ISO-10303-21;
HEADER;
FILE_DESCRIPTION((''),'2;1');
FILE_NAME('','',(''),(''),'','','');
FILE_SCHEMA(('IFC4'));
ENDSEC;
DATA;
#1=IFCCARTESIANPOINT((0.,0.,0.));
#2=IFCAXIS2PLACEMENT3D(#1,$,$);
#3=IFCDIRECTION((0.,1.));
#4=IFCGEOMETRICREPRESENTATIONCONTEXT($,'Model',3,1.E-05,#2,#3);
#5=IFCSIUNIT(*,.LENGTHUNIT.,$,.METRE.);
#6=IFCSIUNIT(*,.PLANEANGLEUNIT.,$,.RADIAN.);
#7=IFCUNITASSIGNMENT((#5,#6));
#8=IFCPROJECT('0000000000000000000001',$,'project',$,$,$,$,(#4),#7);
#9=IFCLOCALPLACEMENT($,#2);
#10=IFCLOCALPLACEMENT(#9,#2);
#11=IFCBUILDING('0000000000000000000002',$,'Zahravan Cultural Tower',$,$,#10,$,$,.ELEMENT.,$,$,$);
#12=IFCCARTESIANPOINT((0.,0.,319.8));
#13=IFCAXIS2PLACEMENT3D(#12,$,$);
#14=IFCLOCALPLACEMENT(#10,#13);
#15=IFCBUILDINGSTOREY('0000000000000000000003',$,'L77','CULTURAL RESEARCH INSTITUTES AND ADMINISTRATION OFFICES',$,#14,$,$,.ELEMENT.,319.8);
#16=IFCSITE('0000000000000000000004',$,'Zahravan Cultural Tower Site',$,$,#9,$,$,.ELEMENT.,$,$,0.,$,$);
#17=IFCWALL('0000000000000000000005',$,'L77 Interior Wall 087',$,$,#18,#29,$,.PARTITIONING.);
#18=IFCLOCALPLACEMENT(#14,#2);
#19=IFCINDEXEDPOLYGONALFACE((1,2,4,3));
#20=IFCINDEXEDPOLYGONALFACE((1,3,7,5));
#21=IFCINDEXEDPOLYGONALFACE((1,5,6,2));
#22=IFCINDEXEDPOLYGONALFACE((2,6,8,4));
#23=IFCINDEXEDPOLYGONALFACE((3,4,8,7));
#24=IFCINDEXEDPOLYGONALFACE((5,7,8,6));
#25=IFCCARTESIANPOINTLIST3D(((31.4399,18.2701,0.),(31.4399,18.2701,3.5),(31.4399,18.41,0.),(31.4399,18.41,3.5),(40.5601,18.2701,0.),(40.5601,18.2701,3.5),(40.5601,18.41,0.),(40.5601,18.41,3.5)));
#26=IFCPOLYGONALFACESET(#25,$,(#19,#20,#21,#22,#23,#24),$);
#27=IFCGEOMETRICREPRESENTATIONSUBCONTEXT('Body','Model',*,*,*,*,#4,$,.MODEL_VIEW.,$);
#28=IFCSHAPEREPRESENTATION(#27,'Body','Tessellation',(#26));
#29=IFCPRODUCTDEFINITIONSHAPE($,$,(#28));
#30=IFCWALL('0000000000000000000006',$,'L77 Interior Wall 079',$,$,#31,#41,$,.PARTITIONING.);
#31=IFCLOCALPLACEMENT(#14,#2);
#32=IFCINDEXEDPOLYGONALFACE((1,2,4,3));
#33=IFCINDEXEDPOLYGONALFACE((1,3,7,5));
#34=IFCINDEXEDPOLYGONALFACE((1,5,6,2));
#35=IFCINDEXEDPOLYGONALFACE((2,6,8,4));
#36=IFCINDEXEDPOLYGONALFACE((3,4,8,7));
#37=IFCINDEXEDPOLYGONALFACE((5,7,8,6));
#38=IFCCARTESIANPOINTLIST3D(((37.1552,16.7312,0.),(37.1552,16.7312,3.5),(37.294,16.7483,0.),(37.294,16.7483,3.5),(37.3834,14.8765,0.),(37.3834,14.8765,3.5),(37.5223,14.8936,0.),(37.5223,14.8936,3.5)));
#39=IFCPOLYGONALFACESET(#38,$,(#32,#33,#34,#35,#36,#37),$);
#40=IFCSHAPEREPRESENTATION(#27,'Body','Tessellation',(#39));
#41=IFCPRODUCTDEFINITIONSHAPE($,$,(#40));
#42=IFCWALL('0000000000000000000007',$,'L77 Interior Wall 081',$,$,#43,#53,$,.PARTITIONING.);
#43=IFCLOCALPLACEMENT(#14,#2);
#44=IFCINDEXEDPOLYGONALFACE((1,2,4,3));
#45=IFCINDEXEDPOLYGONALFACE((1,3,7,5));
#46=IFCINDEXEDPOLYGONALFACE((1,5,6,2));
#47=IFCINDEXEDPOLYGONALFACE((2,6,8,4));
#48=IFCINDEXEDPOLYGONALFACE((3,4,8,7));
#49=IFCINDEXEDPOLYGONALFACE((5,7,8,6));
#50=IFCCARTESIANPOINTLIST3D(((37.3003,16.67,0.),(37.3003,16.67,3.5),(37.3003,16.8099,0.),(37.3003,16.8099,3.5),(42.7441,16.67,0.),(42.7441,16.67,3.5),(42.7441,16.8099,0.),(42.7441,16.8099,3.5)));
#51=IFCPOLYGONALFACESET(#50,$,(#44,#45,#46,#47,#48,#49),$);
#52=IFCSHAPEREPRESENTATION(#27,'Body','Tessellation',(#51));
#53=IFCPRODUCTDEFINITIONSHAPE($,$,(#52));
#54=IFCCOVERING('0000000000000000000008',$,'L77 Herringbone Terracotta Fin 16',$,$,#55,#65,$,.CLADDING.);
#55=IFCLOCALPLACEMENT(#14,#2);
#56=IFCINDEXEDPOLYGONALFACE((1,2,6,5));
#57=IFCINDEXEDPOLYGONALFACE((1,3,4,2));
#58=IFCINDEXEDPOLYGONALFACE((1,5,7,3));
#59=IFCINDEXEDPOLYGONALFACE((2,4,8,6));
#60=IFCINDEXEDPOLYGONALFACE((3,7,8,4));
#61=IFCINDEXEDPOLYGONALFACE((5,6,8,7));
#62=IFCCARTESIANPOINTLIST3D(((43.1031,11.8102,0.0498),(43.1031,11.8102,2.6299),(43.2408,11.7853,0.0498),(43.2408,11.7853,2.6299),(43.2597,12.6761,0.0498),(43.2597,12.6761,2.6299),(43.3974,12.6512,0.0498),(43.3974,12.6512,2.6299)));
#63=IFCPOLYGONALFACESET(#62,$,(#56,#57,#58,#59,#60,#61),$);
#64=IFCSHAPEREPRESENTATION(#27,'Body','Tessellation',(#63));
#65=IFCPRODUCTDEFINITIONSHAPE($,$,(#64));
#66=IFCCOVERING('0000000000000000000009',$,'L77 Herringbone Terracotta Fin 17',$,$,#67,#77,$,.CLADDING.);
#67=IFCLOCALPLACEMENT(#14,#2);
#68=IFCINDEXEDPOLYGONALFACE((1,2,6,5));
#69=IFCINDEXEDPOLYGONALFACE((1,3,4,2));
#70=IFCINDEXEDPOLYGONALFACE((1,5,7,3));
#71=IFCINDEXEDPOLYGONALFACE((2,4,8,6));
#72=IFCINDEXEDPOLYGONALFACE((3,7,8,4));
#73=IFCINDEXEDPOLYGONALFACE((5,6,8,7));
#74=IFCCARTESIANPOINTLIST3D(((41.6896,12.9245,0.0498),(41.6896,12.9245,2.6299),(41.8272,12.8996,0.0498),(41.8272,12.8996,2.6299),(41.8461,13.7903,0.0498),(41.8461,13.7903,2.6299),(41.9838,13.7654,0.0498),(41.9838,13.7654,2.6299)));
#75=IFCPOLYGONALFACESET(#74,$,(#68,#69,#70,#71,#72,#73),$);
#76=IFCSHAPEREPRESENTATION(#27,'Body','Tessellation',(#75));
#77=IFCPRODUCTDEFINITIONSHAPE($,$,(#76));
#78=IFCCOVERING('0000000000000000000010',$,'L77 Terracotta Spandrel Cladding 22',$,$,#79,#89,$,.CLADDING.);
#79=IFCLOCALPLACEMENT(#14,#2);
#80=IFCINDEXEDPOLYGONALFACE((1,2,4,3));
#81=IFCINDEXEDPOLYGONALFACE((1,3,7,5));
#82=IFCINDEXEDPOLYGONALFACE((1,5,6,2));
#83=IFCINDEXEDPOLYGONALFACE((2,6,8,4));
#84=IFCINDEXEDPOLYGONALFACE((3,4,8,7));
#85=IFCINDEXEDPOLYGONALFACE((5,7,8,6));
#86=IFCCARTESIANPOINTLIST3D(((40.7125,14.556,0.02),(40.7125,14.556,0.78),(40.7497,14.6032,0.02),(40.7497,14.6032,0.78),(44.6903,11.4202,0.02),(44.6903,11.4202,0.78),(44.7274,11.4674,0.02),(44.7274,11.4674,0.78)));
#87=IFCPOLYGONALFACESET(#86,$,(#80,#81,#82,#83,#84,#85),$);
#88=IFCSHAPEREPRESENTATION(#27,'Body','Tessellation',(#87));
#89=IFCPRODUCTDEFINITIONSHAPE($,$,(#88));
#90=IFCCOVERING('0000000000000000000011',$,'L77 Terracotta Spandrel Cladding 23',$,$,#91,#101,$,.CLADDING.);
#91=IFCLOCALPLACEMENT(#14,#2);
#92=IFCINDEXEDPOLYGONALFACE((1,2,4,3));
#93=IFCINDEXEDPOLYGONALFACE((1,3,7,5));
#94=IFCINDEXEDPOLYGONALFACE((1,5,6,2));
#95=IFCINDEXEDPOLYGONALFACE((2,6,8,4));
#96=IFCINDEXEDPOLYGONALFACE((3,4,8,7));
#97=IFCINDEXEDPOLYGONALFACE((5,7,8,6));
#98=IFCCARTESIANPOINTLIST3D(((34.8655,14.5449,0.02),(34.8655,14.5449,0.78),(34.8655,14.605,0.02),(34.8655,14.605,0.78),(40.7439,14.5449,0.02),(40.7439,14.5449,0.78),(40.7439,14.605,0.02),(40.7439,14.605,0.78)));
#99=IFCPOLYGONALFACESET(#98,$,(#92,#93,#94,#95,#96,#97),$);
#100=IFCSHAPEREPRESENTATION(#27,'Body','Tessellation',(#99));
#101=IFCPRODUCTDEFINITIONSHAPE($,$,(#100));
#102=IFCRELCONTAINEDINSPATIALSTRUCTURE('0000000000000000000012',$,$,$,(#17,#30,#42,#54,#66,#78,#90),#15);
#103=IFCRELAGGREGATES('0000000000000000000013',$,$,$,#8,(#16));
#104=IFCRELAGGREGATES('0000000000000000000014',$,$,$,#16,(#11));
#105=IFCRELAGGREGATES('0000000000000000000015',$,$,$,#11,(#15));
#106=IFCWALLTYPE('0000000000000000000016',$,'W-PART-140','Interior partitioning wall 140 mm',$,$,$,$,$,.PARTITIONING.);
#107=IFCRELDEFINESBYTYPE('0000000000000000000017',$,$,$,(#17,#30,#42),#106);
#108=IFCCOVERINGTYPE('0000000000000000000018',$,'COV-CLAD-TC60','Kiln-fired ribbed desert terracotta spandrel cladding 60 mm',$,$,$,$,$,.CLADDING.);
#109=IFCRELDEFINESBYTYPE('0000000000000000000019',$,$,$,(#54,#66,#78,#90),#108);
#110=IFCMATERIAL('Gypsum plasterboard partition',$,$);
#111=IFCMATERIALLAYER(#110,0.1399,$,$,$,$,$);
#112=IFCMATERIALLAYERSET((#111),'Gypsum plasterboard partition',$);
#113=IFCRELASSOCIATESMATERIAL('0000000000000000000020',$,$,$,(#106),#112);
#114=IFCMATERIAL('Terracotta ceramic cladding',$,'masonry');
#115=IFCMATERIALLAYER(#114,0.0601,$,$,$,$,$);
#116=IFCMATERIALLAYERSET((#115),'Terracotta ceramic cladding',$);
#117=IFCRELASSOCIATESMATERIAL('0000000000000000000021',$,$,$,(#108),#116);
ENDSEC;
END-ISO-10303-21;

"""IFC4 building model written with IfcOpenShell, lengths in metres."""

from ifc_helpers import new_model, si_unit, direction, frame, frame_2d, origin, origin_2d, place, context, subcontext, project, spatial, rectangle, extrude, source, transform, mapped, material, layer, layer_set, type_object, element, save


model = new_model("IFC4")

# Units and contexts
model_context = context("Model", 3, precision=1e-05, world=origin(), true_north=direction((0.0, 1.0)))
body_context = subcontext(model_context, "Body", "Model", "MODEL_VIEW")
ifc_project = project(units=[si_unit("LENGTHUNIT", "METRE"), si_unit("PLANEANGLEUNIT", "RADIAN")], contexts=[model_context])

# Site, building, storey
site_placement = place(None, origin())
site = spatial("IfcSite", under=ifc_project, at=site_placement, Name="Zahravan Cultural Tower Site", CompositionType="ELEMENT", RefElevation=0.0)
building_placement = place(site_placement, origin())
building = spatial("IfcBuilding", under=site, at=building_placement, Name="Zahravan Cultural Tower", CompositionType="ELEMENT")
storey_placement = place(building_placement, frame((0.0, 0.0, 319.8)))
storey = spatial("IfcBuildingStorey", under=building, at=storey_placement, Name="L77", Description="CULTURAL RESEARCH INSTITUTES AND ADMINISTRATION OFFICES", CompositionType="ELEMENT", Elevation=319.8)

# Walls
ifc_material_1 = material(Name="Gypsum plasterboard partition")
ifc_layer_1 = layer(ifc_material_1, 0.1399)
ifc_layer_set_1 = layer_set([ifc_layer_1], Name="Gypsum plasterboard partition")
wall_type_1 = type_object("IfcWallType", Name="W-PART-140", Description="Interior partitioning wall 140 mm", PredefinedType="PARTITIONING", material=ifc_layer_set_1)
shared_shape_1 = source(origin(), body_context, "Body", "SweptSolid", [
    extrude(rectangle(XDim=9.1201, YDim=0.1399, at=frame_2d((4.5601, 0.0))), origin(), (0.0, 0.0, 1.0), 3.5),
])
wall_1_placement = place(storey_placement, frame((40.5601, 18.3401, 0.0), z_axis=(0.0, 0.0, 1.0), x_axis=(-1.0, 0.0, 0.0)))
element("IfcWall", 1, at=wall_1_placement, inside=storey, type_object=wall_type_1, Name="L77 Interior Wall 087", PredefinedType="PARTITIONING", context=body_context, shape_type="MappedRepresentation", body=[
    mapped(shared_shape_1, transform((0.0, 0.0, 0.0), x_axis=(1.0, 0.0, 0.0), y_axis=(0.0, 1.0, 0.0), z_axis=(0.0, 0.0, 1.0), scale=1.0)),
])
shared_shape_2 = source(origin(), body_context, "Body", "SweptSolid", [
    extrude(rectangle(XDim=1.8687, YDim=0.1399, at=frame_2d((0.9343, 0.0))), origin(), (0.0, 0.0, 1.0), 3.5),
])
wall_2_placement = place(storey_placement, frame((37.2246, 16.7397, 0.0), z_axis=(0.0, 0.0, 1.0), x_axis=(0.122153, -0.992511, 0.0)))
element("IfcWall", 2, at=wall_2_placement, inside=storey, type_object=wall_type_1, Name="L77 Interior Wall 079", PredefinedType="PARTITIONING", context=body_context, shape_type="MappedRepresentation", body=[
    mapped(shared_shape_2, transform((0.0, 0.0, 0.0), x_axis=(1.0, 0.0, 0.0), y_axis=(0.0, 1.0, 0.0), z_axis=(0.0, 0.0, 1.0), scale=1.0)),
])
shared_shape_3 = source(origin(), body_context, "Body", "SweptSolid", [
    extrude(rectangle(XDim=5.4438, YDim=0.1399, at=frame_2d((2.7219, 0.0))), origin(), (0.0, 0.0, 1.0), 3.5),
])
wall_3_placement = place(storey_placement, frame((37.3003, 16.74, 0.0), z_axis=(0.0, 0.0, 1.0), x_axis=(1.0, 0.0, 0.0)))
element("IfcWall", 3, at=wall_3_placement, inside=storey, type_object=wall_type_1, Name="L77 Interior Wall 081", PredefinedType="PARTITIONING", context=body_context, shape_type="MappedRepresentation", body=[
    mapped(shared_shape_3, transform((0.0, 0.0, 0.0), x_axis=(1.0, 0.0, 0.0), y_axis=(0.0, 1.0, 0.0), z_axis=(0.0, 0.0, 1.0), scale=1.0)),
])

# Coverings
ifc_material_2 = material(Name="Terracotta ceramic cladding", Category="masonry")
ifc_layer_2 = layer(ifc_material_2, 0.0601)
ifc_layer_set_2 = layer_set([ifc_layer_2], Name="Terracotta ceramic cladding")
covering_type = type_object("IfcCoveringType", Name="COV-CLAD-TC60", Description="Kiln-fired ribbed desert terracotta spandrel cladding 60 mm", PredefinedType="CLADDING", material=ifc_layer_set_2)
shared_shape_4 = source(origin(), body_context, "Body", "SweptSolid", [
    extrude(rectangle(XDim=0.8799, YDim=0.1399, at=origin_2d()), origin(), (0.0, 0.0, 1.0), 2.5801),
])
for number, where, z_axis, x_axis, name in (
    (4, (43.2502, 12.2307, 0.0498), (0.0, 0.0, 1.0), (-0.177944, -0.984041, 0.0), "L77 Herringbone Terracotta Fin 16"),
    (5, (41.8367, 13.345, 0.0498), (0.0, 0.0, 1.0), (-0.177944, -0.984041, 0.0), "L77 Herringbone Terracotta Fin 17"),
):
    element("IfcCovering", number, at=place(storey_placement, frame(where, z_axis=z_axis, x_axis=x_axis)), inside=storey, type_object=covering_type, Name=name, PredefinedType="CLADDING", context=body_context, shape_type="MappedRepresentation", body=[
        mapped(shared_shape_4, transform((0.0, 0.0, 0.0), x_axis=(1.0, 0.0, 0.0), y_axis=(0.0, 1.0, 0.0), z_axis=(0.0, 0.0, 1.0), scale=1.0)),
    ])
shared_shape_5 = source(origin(), body_context, "Body", "SweptSolid", [
    extrude(rectangle(XDim=5.0652, YDim=0.0601, at=origin_2d()), origin(), (0.0, 0.0, 1.0), 0.76),
])
covering_1_placement = place(storey_placement, frame((42.72, 13.0117, 0.02), z_axis=(0.0, 0.0, 1.0), x_axis=(-0.785317, 0.619094, 0.0)))
element("IfcCovering", 6, at=covering_1_placement, inside=storey, type_object=covering_type, Name="L77 Terracotta Spandrel Cladding 22", PredefinedType="CLADDING", context=body_context, shape_type="MappedRepresentation", body=[
    mapped(shared_shape_5, transform((0.0, 0.0, 0.0), x_axis=(1.0, 0.0, 0.0), y_axis=(0.0, 1.0, 0.0), z_axis=(0.0, 0.0, 1.0), scale=1.0)),
])
shared_shape_6 = source(origin(), body_context, "Body", "SweptSolid", [
    extrude(rectangle(XDim=5.8784, YDim=0.0601, at=origin_2d()), origin(), (0.0, 0.0, 1.0), 0.76),
])
covering_2_placement = place(storey_placement, frame((37.8047, 14.575, 0.02), z_axis=(0.0, 0.0, 1.0), x_axis=(-1.0, 0.0, 0.0)))
element("IfcCovering", 7, at=covering_2_placement, inside=storey, type_object=covering_type, Name="L77 Terracotta Spandrel Cladding 23", PredefinedType="CLADDING", context=body_context, shape_type="MappedRepresentation", body=[
    mapped(shared_shape_6, transform((0.0, 0.0, 0.0), x_axis=(1.0, 0.0, 0.0), y_axis=(0.0, 1.0, 0.0), z_axis=(0.0, 0.0, 1.0), scale=1.0)),
])

save(model, "model.ifc")
